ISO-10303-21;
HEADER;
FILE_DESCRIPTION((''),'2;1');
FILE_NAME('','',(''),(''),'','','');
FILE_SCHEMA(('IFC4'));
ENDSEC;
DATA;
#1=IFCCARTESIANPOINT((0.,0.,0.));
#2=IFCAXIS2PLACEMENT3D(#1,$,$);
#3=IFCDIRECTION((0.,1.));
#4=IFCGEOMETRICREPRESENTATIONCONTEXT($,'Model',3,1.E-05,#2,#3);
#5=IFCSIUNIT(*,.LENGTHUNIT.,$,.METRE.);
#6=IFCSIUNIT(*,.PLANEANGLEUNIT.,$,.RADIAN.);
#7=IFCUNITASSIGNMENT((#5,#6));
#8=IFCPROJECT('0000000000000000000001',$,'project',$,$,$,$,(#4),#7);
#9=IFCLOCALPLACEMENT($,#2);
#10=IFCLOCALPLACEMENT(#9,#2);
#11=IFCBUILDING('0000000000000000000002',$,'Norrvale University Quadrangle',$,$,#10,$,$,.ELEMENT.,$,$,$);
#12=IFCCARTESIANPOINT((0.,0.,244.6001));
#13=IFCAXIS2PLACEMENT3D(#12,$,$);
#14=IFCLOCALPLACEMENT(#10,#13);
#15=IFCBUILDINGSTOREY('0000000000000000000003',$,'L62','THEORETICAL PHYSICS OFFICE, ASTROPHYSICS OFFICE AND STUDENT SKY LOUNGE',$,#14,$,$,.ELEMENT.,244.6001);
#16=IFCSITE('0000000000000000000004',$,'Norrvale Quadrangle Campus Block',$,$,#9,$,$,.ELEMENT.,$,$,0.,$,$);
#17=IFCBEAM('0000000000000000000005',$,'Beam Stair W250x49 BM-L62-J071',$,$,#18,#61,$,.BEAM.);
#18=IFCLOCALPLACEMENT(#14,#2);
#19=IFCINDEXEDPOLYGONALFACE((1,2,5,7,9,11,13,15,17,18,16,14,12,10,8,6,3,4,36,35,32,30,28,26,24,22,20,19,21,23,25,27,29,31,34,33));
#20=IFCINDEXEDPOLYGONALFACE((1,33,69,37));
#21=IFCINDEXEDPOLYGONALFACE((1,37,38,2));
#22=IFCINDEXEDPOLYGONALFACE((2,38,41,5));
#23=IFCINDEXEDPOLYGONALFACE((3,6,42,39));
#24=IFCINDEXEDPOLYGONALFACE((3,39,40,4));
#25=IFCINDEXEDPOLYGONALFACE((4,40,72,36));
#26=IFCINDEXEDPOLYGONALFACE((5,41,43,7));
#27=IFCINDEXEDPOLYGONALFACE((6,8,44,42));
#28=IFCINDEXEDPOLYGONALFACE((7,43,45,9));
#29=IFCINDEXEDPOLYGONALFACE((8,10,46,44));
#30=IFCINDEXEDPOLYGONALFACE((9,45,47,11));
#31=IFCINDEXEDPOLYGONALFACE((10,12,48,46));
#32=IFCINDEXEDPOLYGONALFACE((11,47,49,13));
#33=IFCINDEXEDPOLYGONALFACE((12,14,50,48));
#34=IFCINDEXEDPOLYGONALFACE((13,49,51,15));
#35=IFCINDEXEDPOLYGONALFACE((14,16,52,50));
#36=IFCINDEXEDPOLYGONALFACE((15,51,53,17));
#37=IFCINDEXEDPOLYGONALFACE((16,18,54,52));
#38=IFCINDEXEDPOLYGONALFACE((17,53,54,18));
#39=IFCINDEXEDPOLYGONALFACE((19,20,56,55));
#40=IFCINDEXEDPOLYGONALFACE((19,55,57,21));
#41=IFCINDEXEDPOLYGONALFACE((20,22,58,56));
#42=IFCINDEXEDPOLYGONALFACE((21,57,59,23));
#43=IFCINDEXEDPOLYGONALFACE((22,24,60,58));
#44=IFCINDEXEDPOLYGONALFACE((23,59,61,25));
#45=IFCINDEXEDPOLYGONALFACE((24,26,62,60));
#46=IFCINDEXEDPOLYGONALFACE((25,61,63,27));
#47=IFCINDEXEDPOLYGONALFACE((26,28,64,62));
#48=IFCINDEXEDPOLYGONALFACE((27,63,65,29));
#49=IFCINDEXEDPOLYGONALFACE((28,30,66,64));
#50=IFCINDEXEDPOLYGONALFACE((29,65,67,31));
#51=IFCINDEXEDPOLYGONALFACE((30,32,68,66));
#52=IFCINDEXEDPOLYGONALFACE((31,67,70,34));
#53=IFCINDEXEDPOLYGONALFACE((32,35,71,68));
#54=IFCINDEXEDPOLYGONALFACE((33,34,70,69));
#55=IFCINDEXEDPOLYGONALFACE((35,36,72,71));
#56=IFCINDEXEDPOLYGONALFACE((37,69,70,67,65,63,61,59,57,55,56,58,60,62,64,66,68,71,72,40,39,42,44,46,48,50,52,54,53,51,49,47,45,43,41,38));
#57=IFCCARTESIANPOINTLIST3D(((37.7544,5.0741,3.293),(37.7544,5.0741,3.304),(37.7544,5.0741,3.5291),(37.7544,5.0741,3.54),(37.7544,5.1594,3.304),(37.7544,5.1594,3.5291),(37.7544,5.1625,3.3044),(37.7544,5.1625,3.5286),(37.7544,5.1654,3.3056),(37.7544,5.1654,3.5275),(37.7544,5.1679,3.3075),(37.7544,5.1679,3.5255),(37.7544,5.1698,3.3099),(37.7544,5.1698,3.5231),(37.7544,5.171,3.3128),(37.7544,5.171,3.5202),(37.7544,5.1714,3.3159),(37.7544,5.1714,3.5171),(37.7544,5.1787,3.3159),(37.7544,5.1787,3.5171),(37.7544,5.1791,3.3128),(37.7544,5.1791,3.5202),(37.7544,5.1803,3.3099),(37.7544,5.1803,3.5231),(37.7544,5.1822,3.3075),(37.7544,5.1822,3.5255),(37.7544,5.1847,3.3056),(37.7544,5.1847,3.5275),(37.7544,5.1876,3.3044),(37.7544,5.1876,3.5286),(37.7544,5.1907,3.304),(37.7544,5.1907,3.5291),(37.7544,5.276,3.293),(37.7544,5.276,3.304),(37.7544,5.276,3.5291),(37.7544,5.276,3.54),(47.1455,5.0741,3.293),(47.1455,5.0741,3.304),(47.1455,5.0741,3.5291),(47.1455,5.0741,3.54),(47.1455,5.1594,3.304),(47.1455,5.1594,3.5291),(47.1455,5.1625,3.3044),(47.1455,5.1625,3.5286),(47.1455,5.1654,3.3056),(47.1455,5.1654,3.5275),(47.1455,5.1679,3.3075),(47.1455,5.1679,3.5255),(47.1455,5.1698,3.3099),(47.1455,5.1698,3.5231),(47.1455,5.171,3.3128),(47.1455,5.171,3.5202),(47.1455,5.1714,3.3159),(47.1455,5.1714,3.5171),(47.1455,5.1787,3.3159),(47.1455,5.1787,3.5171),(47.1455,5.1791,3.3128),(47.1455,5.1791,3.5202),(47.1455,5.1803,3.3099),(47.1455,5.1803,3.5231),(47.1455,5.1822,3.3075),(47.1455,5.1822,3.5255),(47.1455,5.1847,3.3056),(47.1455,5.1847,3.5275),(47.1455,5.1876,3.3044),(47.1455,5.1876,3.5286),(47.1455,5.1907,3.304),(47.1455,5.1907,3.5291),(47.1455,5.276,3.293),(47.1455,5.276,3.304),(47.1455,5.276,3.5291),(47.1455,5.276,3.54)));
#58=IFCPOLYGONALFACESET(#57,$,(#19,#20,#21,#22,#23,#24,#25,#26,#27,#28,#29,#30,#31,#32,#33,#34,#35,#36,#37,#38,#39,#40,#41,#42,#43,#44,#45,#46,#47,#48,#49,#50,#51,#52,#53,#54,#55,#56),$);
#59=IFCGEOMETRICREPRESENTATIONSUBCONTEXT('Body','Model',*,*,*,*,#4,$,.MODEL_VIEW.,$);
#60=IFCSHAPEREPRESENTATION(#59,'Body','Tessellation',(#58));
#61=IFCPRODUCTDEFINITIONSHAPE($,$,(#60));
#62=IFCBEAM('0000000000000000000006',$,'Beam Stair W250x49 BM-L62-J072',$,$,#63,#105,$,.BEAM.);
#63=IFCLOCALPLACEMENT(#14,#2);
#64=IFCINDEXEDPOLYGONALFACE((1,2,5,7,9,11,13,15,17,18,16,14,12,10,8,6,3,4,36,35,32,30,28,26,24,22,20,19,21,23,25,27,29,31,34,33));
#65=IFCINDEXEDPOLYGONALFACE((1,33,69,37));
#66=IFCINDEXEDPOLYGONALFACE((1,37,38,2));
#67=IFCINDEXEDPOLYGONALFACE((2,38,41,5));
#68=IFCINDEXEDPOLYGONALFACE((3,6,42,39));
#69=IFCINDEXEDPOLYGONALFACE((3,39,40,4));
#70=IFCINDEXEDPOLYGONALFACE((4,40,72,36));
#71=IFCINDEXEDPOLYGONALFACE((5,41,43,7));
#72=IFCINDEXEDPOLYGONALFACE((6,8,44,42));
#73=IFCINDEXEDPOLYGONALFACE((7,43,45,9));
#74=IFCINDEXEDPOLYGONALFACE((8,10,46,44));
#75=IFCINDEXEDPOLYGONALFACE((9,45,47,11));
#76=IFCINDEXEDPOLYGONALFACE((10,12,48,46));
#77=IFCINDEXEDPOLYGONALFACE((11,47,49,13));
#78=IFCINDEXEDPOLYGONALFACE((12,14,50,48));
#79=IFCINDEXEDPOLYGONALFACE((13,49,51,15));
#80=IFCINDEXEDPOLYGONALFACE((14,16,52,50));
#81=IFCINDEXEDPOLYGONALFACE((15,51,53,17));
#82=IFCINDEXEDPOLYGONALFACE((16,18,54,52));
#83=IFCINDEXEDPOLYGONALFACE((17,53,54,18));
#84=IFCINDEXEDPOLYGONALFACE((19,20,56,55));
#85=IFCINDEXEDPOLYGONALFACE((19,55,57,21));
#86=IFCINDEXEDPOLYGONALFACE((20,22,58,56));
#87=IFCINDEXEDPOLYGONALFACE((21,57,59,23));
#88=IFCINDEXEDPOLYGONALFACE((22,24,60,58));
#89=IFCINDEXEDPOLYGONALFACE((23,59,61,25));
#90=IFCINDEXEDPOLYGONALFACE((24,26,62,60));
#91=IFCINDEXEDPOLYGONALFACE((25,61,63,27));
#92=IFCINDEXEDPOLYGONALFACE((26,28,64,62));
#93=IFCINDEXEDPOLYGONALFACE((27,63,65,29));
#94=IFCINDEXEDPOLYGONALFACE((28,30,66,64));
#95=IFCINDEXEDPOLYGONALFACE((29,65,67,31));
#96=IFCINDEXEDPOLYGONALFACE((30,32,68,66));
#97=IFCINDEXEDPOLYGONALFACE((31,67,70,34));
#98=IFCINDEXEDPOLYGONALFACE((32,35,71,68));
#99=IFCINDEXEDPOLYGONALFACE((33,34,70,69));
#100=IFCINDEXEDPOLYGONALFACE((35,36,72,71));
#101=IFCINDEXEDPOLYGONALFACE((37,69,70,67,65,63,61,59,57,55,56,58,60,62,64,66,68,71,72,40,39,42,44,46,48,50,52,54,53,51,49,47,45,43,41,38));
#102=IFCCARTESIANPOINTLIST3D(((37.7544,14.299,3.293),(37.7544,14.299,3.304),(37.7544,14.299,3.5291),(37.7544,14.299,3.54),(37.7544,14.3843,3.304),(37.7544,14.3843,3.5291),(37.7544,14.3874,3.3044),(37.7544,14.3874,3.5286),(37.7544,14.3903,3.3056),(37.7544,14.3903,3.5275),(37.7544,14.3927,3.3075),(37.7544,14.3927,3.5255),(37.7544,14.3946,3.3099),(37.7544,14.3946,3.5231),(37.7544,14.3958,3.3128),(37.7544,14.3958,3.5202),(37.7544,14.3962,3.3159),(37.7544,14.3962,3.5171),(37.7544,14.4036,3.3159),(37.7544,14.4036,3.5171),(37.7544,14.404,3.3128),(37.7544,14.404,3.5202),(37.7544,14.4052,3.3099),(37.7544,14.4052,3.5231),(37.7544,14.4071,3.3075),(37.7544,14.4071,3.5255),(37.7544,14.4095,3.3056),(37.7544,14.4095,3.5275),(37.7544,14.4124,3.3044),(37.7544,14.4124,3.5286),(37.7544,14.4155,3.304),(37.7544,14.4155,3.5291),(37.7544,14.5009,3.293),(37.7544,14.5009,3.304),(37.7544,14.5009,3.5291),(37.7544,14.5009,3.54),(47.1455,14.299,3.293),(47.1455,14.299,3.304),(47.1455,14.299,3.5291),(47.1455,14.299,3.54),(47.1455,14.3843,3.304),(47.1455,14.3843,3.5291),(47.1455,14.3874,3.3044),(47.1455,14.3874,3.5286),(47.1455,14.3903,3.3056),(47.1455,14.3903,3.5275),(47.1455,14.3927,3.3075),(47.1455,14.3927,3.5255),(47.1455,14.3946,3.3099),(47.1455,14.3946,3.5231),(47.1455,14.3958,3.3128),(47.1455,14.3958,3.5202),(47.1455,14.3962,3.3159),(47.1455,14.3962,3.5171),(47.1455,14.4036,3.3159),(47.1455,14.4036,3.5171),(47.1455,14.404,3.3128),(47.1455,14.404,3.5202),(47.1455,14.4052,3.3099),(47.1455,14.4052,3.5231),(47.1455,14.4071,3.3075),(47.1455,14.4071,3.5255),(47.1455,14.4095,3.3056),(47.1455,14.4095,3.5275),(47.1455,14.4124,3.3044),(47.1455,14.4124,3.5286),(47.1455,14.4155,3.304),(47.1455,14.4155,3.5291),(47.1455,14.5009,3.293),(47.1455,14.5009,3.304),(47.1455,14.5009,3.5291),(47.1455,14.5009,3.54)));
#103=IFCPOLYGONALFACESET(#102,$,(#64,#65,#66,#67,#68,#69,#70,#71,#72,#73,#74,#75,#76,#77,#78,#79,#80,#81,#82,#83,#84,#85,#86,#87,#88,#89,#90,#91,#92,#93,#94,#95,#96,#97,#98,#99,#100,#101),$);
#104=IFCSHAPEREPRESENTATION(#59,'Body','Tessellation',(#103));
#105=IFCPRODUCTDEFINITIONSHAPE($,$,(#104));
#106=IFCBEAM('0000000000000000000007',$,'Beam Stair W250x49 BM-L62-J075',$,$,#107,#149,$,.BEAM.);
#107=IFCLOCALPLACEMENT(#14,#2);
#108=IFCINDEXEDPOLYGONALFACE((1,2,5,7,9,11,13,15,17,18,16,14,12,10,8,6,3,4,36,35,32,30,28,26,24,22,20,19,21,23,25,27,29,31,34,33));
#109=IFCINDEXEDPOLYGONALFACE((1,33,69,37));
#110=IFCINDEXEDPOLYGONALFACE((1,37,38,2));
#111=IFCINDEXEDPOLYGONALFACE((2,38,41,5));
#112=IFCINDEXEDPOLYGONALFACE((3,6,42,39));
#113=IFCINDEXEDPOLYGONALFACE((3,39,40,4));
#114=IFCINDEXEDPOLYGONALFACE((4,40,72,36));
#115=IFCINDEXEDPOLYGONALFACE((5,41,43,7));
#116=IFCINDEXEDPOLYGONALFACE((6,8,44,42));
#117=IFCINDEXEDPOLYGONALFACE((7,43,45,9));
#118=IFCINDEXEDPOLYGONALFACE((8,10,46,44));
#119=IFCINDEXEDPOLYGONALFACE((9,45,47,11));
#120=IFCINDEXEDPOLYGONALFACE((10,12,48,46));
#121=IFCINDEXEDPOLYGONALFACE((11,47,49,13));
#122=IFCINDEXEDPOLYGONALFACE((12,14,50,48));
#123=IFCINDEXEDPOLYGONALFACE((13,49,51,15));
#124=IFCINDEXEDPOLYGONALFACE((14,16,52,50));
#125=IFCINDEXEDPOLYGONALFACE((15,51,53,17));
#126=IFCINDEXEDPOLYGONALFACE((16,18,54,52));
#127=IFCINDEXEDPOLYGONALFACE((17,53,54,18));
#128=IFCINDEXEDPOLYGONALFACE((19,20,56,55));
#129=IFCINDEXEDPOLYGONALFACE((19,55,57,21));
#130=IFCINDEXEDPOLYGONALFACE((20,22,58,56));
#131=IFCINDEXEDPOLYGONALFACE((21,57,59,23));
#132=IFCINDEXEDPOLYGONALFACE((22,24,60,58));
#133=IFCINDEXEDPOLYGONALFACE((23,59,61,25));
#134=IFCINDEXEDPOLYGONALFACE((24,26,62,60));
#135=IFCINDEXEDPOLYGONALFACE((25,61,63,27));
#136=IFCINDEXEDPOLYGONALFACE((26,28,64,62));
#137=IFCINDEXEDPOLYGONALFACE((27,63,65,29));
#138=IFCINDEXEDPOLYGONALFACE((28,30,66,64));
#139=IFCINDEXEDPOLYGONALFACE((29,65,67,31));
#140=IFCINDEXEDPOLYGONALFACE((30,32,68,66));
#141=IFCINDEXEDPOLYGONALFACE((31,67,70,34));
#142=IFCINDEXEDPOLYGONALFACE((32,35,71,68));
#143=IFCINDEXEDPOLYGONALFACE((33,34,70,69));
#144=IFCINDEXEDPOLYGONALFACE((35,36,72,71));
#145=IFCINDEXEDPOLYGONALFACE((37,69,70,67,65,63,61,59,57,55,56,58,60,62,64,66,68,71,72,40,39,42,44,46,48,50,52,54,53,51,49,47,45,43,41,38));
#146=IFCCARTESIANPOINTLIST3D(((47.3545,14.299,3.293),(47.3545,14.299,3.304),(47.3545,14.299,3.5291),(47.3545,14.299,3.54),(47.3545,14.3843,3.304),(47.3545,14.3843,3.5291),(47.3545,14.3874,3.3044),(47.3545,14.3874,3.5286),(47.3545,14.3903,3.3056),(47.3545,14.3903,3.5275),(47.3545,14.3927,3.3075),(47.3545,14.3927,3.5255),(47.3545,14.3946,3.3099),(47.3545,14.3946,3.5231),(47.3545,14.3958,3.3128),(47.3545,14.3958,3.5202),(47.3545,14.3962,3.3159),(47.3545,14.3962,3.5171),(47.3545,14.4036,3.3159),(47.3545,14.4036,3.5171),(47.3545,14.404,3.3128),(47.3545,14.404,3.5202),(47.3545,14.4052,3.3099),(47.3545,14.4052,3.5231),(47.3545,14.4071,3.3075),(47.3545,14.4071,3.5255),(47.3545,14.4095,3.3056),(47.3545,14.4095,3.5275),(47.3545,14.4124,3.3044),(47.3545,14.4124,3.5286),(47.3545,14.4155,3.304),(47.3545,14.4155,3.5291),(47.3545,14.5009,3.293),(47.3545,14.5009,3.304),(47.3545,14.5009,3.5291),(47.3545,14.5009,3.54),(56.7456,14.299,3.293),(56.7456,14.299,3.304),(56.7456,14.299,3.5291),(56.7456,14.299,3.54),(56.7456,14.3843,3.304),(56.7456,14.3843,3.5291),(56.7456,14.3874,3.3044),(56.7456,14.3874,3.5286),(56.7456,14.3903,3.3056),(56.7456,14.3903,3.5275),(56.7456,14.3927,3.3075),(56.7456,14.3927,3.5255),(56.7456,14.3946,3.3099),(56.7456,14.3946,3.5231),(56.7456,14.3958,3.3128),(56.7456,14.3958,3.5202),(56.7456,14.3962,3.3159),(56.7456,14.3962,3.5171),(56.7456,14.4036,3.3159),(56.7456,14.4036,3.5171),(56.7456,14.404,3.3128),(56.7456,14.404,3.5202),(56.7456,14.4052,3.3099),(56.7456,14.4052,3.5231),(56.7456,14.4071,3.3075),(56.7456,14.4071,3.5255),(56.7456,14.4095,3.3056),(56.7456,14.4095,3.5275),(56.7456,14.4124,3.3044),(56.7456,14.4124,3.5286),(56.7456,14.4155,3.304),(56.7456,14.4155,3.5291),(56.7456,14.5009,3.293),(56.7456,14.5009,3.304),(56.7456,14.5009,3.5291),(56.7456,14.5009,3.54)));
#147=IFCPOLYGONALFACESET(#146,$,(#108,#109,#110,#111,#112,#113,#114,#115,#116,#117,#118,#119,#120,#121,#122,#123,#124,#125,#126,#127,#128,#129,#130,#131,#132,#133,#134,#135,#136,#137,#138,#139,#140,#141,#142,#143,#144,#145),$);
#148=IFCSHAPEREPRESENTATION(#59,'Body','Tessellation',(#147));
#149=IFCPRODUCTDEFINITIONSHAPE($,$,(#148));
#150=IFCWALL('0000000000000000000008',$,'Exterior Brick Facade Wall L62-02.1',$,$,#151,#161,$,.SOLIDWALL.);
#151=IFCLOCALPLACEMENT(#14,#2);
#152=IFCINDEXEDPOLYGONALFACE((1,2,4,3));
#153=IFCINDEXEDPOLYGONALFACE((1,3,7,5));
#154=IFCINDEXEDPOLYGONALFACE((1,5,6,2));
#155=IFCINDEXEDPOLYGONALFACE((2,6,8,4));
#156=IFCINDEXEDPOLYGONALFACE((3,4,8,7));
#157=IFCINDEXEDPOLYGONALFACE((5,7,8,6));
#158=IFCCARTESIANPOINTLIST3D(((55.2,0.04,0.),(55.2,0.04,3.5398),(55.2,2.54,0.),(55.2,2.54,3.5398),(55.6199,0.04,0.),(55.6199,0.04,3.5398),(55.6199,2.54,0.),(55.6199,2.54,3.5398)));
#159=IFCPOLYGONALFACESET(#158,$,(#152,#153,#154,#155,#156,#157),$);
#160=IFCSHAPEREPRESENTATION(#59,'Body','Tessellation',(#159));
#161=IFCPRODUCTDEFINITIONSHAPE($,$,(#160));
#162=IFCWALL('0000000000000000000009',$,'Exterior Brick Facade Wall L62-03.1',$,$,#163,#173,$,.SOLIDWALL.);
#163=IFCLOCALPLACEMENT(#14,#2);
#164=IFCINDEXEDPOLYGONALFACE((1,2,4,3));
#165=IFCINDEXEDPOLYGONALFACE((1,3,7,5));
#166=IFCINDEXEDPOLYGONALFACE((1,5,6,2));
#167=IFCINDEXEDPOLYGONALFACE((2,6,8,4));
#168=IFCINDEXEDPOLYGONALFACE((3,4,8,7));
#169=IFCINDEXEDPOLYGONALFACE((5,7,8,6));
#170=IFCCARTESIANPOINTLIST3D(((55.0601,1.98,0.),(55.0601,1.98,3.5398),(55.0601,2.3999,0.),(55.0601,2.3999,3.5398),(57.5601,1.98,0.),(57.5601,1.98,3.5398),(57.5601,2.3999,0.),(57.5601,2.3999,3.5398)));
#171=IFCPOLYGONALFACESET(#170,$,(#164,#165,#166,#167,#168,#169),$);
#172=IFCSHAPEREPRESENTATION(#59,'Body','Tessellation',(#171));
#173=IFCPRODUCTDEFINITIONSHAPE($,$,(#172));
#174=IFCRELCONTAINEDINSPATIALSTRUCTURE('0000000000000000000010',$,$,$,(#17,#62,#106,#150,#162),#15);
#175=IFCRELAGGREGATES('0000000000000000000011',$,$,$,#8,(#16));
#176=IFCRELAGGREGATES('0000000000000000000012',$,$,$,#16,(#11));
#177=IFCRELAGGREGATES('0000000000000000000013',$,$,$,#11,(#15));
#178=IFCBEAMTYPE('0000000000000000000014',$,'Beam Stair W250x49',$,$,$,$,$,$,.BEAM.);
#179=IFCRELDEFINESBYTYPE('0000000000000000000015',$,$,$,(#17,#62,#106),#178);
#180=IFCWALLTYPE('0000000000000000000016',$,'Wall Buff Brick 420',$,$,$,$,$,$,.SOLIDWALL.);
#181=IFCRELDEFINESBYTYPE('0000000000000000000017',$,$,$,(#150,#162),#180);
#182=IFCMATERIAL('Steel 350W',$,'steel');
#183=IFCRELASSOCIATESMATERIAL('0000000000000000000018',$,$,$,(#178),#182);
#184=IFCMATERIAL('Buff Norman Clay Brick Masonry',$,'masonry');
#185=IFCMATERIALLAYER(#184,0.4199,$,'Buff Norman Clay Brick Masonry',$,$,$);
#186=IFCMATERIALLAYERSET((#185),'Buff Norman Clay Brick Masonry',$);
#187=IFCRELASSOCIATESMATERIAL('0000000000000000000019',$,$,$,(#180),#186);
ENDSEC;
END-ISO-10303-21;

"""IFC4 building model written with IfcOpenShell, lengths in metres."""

from ifc_helpers import new_model, si_unit, direction, frame, frame_2d, origin, origin_2d, place, context, subcontext, project, spatial, rectangle, i_section, extrude, material, layer, layer_set, material_profile, profile_set, type_object, element, save


model = new_model("IFC4")

# Units and contexts
model_context = context("Model", 3, precision=1e-05, world=origin(), true_north=direction((0.0, 1.0)))
body_context = subcontext(model_context, "Body", "Model", "MODEL_VIEW")
ifc_project = project(units=[si_unit("LENGTHUNIT", "METRE"), si_unit("PLANEANGLEUNIT", "RADIAN")], contexts=[model_context])

# Site, building, storey
site_placement = place(None, origin())
site = spatial("IfcSite", under=ifc_project, at=site_placement, Name="Norrvale Quadrangle Campus Block", CompositionType="ELEMENT", RefElevation=0.0)
building_placement = place(site_placement, origin())
building = spatial("IfcBuilding", under=site, at=building_placement, Name="Norrvale University Quadrangle", CompositionType="ELEMENT")
storey_placement = place(building_placement, frame((0.0, 0.0, 244.6001)))
storey = spatial("IfcBuildingStorey", under=building, at=storey_placement, Name="L62", Description="THEORETICAL PHYSICS OFFICE, ASTROPHYSICS OFFICE AND STUDENT SKY LOUNGE", CompositionType="ELEMENT", Elevation=244.6001)

# Beams
ifc_material_1 = material(Name="Steel 350W", Category="steel")
ifc_material_profile_1 = material_profile(ifc_material_1, i_section(OverallWidth=0.2019, OverallDepth=0.2471, WebThickness=0.0073, FlangeThickness=0.011, FilletRadius=0.012, at=origin_2d()), Name="Steel 350W")
ifc_profile_set_1 = profile_set([ifc_material_profile_1], Name="Steel 350W")
beam_type_1 = type_object("IfcBeamType", Name="Beam Stair W250x49", PredefinedType="BEAM", material=ifc_profile_set_1)
for number, where, z_axis, x_axis, name in (
    (1, (37.7544, 5.175, 3.4165), (1.0, 0.0, 0.0), (0.0, 1.0, 0.0), "Beam Stair W250x49 BM-L62-J071"),
    (2, (37.7544, 14.3999, 3.4165), (1.0, 0.0, 0.0), (0.0, 1.0, 0.0), "Beam Stair W250x49 BM-L62-J072"),
    (3, (47.3545, 14.3999, 3.4165), (1.0, 0.0, 0.0), (0.0, 1.0, 0.0), "Beam Stair W250x49 BM-L62-J075"),
):
    element("IfcBeam", number, at=place(storey_placement, frame(where, z_axis=z_axis, x_axis=x_axis)), inside=storey, type_object=beam_type_1, Name=name, PredefinedType="BEAM", context=body_context, shape_type="SweptSolid", body=[
        extrude(i_section(OverallWidth=0.2019, OverallDepth=0.2471, WebThickness=0.0073, FlangeThickness=0.011, FilletRadius=0.012, at=origin_2d()), origin(), (0.0, 0.0, 1.0), 9.3911),
    ])

# Walls
ifc_material_2 = material(Name="Buff Norman Clay Brick Masonry", Category="masonry")
ifc_layer_1 = layer(ifc_material_2, 0.4199, Name="Buff Norman Clay Brick Masonry")
ifc_layer_set_1 = layer_set([ifc_layer_1], Name="Buff Norman Clay Brick Masonry")
wall_type_1 = type_object("IfcWallType", Name="Wall Buff Brick 420", PredefinedType="SOLIDWALL", material=ifc_layer_set_1)
for number, where, z_axis, x_axis, name in (
    (4, (55.4099, 0.04, 0.0), (0.0, 0.0, 1.0), (0.0, 1.0, 0.0), "Exterior Brick Facade Wall L62-02.1"),
    (5, (55.0601, 2.1899, 0.0), (0.0, 0.0, 1.0), (1.0, 0.0, 0.0), "Exterior Brick Facade Wall L62-03.1"),
):
    element("IfcWall", number, at=place(storey_placement, frame(where, z_axis=z_axis, x_axis=x_axis)), inside=storey, type_object=wall_type_1, Name=name, PredefinedType="SOLIDWALL", context=body_context, shape_type="SweptSolid", body=[
        extrude(rectangle(XDim=2.5, YDim=0.4199, at=frame_2d((1.25, 0.0))), origin(), (0.0, 0.0, 1.0), 3.5398),
    ])

save(model, "model.ifc")
